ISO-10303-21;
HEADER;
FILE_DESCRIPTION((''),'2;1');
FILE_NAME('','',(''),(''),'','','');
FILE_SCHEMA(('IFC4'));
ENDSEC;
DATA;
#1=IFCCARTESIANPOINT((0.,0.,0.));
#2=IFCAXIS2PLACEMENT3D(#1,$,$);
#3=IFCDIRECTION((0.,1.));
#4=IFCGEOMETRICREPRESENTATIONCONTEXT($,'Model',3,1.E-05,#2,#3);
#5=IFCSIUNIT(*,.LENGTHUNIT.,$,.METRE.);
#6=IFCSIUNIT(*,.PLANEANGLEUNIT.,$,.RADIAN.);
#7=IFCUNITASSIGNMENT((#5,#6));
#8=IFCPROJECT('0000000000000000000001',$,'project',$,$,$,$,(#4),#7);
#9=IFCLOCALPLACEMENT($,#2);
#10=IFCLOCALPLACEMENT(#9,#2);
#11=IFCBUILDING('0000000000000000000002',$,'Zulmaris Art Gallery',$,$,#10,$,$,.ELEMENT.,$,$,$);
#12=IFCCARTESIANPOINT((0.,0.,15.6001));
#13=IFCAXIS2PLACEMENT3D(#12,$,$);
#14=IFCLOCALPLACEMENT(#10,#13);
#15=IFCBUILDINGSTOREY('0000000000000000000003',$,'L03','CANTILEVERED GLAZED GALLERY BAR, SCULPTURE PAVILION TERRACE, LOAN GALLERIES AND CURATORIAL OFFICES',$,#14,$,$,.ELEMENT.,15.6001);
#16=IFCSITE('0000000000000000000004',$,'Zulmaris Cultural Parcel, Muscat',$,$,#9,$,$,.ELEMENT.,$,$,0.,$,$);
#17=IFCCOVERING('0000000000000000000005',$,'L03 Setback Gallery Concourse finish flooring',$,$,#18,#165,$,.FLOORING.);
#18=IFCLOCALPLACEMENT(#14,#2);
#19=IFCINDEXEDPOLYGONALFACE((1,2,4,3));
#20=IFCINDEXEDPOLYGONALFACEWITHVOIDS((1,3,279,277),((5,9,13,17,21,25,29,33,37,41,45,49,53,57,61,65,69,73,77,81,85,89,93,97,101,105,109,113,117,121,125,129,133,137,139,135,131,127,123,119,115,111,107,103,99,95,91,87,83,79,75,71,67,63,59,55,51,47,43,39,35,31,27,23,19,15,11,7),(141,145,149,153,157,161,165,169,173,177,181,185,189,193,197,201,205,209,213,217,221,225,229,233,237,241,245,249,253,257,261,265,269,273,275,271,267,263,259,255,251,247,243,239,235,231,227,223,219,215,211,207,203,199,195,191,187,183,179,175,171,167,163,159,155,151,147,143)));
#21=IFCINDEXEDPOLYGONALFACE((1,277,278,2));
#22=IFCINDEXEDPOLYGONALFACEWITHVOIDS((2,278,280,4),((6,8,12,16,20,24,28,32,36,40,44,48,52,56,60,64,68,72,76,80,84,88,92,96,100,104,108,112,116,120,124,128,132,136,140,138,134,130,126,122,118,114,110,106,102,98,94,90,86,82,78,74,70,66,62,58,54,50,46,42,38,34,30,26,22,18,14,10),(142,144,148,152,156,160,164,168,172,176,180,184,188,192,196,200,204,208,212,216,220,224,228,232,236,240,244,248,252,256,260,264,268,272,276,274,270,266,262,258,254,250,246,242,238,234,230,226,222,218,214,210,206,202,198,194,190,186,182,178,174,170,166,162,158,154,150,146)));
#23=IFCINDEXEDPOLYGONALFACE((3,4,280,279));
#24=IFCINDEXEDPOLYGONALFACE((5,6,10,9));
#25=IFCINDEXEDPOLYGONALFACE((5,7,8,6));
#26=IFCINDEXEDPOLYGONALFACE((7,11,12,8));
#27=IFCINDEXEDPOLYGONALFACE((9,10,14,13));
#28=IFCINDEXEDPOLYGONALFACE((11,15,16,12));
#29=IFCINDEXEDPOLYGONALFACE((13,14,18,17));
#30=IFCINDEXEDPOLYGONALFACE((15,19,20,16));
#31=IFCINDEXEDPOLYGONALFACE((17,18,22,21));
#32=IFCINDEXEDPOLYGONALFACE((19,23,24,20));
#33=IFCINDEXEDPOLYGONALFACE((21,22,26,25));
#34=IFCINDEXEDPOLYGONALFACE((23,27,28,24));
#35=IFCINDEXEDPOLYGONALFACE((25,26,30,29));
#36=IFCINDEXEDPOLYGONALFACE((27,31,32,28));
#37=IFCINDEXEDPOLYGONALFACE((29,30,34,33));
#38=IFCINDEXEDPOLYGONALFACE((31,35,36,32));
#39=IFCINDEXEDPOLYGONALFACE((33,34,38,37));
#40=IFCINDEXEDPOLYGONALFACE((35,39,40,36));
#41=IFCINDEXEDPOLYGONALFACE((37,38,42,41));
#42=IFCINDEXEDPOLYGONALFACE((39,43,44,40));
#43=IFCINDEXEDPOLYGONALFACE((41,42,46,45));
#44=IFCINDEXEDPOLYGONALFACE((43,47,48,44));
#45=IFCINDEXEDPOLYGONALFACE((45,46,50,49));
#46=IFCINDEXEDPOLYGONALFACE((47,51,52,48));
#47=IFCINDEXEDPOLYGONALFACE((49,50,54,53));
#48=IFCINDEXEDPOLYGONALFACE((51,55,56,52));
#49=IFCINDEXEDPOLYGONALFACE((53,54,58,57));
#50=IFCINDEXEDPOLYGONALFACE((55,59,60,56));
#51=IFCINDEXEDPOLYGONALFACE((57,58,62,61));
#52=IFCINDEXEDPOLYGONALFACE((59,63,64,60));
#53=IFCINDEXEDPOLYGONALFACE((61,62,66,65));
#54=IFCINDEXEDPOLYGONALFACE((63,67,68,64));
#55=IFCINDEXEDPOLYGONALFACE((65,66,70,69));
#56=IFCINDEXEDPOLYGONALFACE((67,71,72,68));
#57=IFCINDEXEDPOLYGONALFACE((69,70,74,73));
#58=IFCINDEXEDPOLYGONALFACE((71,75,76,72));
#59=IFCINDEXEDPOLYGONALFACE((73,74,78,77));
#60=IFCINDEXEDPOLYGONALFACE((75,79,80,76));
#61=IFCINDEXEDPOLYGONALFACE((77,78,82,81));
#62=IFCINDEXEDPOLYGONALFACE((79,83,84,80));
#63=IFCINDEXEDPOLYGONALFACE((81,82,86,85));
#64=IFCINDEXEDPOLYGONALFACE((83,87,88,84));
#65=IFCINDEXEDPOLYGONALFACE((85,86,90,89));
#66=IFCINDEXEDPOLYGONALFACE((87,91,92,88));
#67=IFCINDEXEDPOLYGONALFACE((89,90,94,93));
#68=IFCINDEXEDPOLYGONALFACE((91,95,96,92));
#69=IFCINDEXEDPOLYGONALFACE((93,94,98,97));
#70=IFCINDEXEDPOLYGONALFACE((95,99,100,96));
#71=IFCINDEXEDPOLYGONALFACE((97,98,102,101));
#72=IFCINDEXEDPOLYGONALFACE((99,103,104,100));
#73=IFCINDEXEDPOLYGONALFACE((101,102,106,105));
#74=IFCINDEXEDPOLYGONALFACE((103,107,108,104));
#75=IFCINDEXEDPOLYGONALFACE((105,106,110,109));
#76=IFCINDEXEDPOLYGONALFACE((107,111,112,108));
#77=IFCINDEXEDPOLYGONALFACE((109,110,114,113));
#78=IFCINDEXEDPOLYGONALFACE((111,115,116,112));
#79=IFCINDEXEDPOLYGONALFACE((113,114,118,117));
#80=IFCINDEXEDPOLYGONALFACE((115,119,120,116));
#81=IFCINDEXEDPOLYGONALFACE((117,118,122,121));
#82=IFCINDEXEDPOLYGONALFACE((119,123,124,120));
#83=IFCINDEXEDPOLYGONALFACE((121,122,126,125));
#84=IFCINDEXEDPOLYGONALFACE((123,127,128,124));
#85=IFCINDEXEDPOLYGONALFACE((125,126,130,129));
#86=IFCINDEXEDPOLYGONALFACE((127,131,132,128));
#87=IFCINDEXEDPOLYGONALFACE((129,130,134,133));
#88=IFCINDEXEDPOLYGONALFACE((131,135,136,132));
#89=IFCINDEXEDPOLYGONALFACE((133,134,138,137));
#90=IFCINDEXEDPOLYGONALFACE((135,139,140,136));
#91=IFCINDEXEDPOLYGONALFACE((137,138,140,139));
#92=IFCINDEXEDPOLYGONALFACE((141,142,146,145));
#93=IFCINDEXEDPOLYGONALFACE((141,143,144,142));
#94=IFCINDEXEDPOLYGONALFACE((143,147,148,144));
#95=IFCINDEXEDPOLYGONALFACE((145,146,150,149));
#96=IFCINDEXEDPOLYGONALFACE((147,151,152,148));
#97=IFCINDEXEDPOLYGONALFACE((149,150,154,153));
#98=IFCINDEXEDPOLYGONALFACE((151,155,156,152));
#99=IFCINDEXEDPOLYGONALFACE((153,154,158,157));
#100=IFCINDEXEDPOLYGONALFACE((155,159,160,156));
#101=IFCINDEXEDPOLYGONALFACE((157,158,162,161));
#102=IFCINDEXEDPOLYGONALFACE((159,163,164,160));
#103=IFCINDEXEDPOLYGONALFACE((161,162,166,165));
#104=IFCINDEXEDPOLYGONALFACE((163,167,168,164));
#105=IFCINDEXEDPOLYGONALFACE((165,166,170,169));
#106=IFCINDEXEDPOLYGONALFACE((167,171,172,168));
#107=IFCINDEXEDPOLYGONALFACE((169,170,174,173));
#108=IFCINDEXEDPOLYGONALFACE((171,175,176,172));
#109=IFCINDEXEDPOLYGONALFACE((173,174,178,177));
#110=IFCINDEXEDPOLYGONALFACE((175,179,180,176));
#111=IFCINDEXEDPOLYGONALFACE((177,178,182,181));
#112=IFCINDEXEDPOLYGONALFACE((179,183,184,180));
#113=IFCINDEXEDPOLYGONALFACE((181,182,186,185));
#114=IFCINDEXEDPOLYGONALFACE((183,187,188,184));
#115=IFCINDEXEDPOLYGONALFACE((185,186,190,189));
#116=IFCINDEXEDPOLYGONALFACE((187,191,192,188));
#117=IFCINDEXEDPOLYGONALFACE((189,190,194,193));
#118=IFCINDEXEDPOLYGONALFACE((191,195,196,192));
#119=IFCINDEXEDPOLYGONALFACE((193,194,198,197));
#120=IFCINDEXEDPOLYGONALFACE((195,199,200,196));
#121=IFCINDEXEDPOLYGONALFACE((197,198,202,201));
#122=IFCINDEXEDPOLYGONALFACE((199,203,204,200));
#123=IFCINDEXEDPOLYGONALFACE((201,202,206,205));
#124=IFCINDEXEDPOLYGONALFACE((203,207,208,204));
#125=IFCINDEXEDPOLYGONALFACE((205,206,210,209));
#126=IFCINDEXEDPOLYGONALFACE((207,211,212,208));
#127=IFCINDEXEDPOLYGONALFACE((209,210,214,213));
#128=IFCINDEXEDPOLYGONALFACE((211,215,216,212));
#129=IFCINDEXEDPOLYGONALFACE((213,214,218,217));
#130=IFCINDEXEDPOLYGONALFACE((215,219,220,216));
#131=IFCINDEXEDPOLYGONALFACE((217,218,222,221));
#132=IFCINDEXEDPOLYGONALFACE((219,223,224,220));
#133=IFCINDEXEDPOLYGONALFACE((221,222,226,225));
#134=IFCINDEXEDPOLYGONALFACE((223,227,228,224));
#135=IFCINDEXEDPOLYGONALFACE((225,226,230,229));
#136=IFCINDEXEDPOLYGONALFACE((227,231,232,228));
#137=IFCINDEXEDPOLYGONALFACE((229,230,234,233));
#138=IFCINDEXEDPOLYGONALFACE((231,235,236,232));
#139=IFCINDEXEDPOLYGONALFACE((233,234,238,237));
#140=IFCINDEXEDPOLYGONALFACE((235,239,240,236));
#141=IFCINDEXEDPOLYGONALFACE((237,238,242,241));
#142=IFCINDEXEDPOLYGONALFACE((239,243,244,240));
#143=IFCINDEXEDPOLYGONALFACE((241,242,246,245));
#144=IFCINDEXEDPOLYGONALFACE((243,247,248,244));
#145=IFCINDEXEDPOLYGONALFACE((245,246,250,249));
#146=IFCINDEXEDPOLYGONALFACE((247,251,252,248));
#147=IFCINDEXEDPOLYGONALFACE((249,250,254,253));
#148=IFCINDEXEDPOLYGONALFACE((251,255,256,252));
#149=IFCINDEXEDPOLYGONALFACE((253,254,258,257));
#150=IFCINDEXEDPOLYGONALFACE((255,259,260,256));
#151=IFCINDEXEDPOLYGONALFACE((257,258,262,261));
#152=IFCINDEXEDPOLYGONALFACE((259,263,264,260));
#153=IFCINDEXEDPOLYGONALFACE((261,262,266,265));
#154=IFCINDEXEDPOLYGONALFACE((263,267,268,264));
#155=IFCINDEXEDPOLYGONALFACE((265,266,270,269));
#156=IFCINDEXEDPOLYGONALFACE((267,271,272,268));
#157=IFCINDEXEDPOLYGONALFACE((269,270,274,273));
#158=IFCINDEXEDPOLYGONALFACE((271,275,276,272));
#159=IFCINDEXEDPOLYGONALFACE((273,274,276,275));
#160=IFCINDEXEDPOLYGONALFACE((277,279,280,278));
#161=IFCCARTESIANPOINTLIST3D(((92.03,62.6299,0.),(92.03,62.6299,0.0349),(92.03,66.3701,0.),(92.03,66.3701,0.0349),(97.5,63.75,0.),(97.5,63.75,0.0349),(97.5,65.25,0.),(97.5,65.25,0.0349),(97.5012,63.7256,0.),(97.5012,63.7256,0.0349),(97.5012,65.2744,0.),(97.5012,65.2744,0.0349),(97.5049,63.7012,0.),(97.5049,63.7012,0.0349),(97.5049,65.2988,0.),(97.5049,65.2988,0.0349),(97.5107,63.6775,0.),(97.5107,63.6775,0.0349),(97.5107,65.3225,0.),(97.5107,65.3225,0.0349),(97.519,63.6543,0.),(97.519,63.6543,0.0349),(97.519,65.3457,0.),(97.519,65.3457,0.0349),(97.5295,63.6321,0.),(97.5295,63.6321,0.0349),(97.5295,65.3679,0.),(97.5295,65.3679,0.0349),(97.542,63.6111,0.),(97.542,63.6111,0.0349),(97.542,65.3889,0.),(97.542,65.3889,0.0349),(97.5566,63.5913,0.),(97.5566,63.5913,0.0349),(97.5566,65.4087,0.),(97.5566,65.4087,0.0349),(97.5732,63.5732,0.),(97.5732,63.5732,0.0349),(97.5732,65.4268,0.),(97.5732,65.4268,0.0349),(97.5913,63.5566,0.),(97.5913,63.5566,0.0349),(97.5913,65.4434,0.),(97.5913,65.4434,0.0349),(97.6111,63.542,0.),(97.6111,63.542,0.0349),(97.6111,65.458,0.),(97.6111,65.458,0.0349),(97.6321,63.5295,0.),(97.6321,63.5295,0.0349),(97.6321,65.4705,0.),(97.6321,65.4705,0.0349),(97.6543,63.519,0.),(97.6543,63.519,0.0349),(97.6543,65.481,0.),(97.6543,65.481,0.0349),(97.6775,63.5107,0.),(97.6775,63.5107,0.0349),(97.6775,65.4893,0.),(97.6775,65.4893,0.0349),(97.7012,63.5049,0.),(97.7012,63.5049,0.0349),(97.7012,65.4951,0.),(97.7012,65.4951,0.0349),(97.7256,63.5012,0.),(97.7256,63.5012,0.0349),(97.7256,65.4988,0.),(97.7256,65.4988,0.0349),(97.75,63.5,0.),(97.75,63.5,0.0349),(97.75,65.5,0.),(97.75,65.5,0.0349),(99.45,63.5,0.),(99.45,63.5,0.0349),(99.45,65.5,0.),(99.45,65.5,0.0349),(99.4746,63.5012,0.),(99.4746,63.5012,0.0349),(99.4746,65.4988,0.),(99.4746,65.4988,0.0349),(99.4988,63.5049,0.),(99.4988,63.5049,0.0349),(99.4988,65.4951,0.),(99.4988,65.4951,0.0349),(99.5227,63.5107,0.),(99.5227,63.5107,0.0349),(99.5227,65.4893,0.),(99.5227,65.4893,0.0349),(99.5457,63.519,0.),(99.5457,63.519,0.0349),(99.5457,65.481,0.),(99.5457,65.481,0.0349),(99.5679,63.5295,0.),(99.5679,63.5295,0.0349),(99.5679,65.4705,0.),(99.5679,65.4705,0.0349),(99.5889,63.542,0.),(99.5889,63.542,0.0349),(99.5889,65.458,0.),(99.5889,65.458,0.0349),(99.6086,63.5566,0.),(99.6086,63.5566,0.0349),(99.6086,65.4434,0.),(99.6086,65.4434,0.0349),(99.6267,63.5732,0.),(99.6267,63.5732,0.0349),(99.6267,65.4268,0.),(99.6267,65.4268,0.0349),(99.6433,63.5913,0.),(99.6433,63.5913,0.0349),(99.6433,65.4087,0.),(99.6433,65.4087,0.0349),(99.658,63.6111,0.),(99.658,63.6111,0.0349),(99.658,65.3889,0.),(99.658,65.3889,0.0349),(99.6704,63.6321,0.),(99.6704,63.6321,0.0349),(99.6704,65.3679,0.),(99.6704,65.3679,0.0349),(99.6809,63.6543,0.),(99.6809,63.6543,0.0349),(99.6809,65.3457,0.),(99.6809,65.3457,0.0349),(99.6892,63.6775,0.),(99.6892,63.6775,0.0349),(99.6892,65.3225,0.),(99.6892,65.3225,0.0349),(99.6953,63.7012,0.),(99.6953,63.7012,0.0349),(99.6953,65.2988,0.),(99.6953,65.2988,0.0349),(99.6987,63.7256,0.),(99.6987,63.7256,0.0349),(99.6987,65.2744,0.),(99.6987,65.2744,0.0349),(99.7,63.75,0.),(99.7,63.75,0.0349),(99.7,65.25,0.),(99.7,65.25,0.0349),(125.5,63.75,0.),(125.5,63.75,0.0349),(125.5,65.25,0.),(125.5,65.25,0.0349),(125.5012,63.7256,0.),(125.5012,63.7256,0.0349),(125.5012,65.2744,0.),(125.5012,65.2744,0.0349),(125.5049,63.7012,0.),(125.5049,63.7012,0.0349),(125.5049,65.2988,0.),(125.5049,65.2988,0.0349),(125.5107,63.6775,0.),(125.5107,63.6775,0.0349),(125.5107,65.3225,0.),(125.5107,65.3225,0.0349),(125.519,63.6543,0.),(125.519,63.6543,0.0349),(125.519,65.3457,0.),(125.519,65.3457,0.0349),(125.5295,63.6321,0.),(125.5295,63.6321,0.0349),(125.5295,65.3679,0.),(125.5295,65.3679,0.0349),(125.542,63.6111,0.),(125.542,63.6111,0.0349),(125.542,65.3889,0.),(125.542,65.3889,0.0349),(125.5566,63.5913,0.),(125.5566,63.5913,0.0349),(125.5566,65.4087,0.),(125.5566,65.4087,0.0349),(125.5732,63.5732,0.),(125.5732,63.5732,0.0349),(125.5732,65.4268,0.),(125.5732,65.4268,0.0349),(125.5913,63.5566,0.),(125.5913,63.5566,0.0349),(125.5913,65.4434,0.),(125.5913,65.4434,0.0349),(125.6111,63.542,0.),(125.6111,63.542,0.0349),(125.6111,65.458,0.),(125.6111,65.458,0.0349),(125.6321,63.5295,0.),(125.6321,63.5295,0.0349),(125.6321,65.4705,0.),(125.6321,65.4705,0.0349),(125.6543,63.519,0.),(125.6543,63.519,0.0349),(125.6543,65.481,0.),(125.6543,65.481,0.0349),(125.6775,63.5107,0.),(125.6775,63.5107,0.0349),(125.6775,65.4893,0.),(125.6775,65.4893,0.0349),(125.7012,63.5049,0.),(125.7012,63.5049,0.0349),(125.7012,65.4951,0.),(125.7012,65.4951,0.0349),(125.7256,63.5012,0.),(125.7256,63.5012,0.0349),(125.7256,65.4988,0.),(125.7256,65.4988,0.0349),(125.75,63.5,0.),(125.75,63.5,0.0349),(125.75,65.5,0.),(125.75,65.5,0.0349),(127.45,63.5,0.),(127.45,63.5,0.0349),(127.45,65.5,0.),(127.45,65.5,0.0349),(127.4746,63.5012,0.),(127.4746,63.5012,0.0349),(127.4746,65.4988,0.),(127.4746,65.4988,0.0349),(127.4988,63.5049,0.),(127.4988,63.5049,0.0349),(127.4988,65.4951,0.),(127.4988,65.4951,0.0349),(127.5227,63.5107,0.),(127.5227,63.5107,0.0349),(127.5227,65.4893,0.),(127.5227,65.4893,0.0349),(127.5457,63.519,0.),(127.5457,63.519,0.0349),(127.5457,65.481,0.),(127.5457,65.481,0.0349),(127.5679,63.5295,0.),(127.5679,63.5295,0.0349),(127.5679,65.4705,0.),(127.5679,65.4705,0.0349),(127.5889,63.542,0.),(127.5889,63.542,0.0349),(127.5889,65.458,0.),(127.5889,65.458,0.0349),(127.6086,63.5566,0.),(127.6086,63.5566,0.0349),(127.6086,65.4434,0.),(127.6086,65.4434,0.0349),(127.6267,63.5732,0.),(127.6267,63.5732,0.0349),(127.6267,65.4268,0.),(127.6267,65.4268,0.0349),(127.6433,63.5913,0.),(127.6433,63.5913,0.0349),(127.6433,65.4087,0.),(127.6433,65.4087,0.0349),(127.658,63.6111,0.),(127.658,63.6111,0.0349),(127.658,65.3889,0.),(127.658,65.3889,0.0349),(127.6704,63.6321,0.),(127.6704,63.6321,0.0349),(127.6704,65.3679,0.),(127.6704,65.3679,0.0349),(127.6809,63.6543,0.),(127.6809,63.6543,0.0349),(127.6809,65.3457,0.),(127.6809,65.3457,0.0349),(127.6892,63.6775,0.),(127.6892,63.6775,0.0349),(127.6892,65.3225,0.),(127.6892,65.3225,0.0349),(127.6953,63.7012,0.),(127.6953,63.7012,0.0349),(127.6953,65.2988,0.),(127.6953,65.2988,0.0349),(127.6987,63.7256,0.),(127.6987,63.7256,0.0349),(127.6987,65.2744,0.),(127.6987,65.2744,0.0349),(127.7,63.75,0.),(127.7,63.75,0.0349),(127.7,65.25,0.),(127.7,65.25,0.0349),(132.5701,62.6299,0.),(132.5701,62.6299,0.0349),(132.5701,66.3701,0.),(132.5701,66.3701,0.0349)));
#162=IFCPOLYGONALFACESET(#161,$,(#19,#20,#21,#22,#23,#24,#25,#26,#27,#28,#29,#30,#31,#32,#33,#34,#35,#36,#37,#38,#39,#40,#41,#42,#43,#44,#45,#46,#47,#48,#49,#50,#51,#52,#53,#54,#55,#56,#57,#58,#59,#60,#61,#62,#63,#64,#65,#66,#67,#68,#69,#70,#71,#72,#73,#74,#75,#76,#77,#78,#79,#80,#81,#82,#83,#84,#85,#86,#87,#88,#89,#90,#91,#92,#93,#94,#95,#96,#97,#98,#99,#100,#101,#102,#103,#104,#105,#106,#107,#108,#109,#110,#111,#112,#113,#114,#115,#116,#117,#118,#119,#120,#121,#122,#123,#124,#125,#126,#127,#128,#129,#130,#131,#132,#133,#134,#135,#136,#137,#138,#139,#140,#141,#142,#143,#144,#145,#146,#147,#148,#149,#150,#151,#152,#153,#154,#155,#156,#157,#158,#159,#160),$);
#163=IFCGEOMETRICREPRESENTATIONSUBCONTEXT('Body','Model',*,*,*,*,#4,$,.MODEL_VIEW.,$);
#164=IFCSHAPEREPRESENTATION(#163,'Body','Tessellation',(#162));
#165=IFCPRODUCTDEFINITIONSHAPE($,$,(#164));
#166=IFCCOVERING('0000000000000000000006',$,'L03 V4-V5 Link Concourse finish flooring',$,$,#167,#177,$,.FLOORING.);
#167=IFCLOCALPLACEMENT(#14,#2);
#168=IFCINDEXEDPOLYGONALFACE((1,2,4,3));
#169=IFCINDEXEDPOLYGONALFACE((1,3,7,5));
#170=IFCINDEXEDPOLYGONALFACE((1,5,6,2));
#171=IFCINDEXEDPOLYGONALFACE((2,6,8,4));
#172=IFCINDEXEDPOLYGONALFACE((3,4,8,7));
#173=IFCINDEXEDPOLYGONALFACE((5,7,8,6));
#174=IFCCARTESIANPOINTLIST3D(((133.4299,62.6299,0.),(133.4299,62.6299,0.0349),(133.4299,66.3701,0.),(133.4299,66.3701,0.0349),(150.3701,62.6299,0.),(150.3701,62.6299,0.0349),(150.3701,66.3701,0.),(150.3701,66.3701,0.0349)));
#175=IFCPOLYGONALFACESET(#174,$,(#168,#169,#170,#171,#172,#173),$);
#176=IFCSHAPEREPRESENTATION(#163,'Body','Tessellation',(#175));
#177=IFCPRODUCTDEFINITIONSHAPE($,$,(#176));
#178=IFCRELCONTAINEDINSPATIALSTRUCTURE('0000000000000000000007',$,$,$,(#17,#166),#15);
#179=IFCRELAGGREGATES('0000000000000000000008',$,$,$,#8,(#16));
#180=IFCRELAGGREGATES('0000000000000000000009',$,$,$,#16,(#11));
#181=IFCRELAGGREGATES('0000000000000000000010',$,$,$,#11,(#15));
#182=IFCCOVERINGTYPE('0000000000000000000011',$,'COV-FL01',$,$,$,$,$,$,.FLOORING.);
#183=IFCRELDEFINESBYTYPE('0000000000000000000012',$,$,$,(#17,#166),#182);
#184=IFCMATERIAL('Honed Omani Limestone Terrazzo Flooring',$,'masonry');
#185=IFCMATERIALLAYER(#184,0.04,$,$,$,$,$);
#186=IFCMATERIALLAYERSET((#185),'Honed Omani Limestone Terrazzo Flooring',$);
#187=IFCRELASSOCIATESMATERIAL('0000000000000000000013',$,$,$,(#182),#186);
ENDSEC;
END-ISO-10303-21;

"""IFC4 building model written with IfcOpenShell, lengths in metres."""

from ifc_helpers import new_model, si_unit, direction, frame, origin, place, context, subcontext, project, spatial, polyline, outline, extrude, material, layer, layer_set, type_object, element, save


model = new_model("IFC4")

# Units and contexts
model_context = context("Model", 3, precision=1e-05, world=origin(), true_north=direction((0.0, 1.0)))
body_context = subcontext(model_context, "Body", "Model", "MODEL_VIEW")
ifc_project = project(units=[si_unit("LENGTHUNIT", "METRE"), si_unit("PLANEANGLEUNIT", "RADIAN")], contexts=[model_context])

# Site, building, storey
site_placement = place(None, origin())
site = spatial("IfcSite", under=ifc_project, at=site_placement, Name="Zulmaris Cultural Parcel, Muscat", CompositionType="ELEMENT", RefElevation=0.0)
building_placement = place(site_placement, origin())
building = spatial("IfcBuilding", under=site, at=building_placement, Name="Zulmaris Art Gallery", CompositionType="ELEMENT")
storey_placement = place(building_placement, frame((0.0, 0.0, 15.6001)))
storey = spatial("IfcBuildingStorey", under=building, at=storey_placement, Name="L03", Description="CANTILEVERED GLAZED GALLERY BAR, SCULPTURE PAVILION TERRACE, LOAN GALLERIES AND CURATORIAL OFFICES", CompositionType="ELEMENT", Elevation=15.6001)

# Coverings
ifc_material_1 = material(Name="Honed Omani Limestone Terrazzo Flooring", Category="masonry")
ifc_layer_1 = layer(ifc_material_1, 0.04)
ifc_layer_set_1 = layer_set([ifc_layer_1], Name="Honed Omani Limestone Terrazzo Flooring")
covering_type_1 = type_object("IfcCoveringType", Name="COV-FL01", PredefinedType="FLOORING", material=ifc_layer_set_1)
covering_1_placement = place(storey_placement, origin())
element("IfcCovering", 1, at=covering_1_placement, inside=storey, type_object=covering_type_1, Name="L03 Setback Gallery Concourse finish flooring", PredefinedType="FLOORING", context=body_context, shape_type="SweptSolid", body=[
    extrude(outline(polyline([(132.5701, 62.6299), (92.03, 62.6299), (92.03, 66.3701), (132.5701, 66.3701), (132.5701, 62.6299)]), holes=[polyline([(125.7256, 65.4988), (125.7012, 65.4951), (125.6775, 65.4893), (125.6543, 65.481), (125.6321, 65.4705), (125.6111, 65.458), (125.5913, 65.4434), (125.5732, 65.4268), (125.5566, 65.4087), (125.542, 65.3889), (125.5295, 65.3679), (125.519, 65.3457), (125.5107, 65.3225), (125.5049, 65.2988), (125.5012, 65.2744), (125.5, 65.25), (125.5, 63.75), (125.5012, 63.7256), (125.5049, 63.7012), (125.5107, 63.6775), (125.519, 63.6543), (125.5295, 63.6321), (125.542, 63.6111), (125.5566, 63.5913), (125.5732, 63.5732), (125.5913, 63.5566), (125.6111, 63.542), (125.6321, 63.5295), (125.6543, 63.519), (125.6775, 63.5107), (125.7012, 63.5049), (125.7256, 63.5012), (125.75, 63.5), (127.45, 63.5), (127.4746, 63.5012), (127.4988, 63.5049), (127.5227, 63.5107), (127.5457, 63.519), (127.5679, 63.5295), (127.5889, 63.542), (127.6086, 63.5566), (127.6267, 63.5732), (127.6433, 63.5913), (127.658, 63.6111), (127.6704, 63.6321), (127.6809, 63.6543), (127.6892, 63.6775), (127.6953, 63.7012), (127.6987, 63.7256), (127.7, 63.75), (127.7, 65.25), (127.6987, 65.2744), (127.6953, 65.2988), (127.6892, 65.3225), (127.6809, 65.3457), (127.6704, 65.3679), (127.658, 65.3889), (127.6433, 65.4087), (127.6267, 65.4268), (127.6086, 65.4434), (127.5889, 65.458), (127.5679, 65.4705), (127.5457, 65.481), (127.5227, 65.4893), (127.4988, 65.4951), (127.4746, 65.4988), (127.45, 65.5), (125.75, 65.5), (125.7256, 65.4988)]), polyline([(97.7256, 65.4988), (97.7012, 65.4951), (97.6775, 65.4893), (97.6543, 65.481), (97.6321, 65.4705), (97.6111, 65.458), (97.5913, 65.4434), (97.5732, 65.4268), (97.5566, 65.4087), (97.542, 65.3889), (97.5295, 65.3679), (97.519, 65.3457), (97.5107, 65.3225), (97.5049, 65.2988), (97.5012, 65.2744), (97.5, 65.25), (97.5, 63.75), (97.5012, 63.7256), (97.5049, 63.7012), (97.5107, 63.6775), (97.519, 63.6543), (97.5295, 63.6321), (97.542, 63.6111), (97.5566, 63.5913), (97.5732, 63.5732), (97.5913, 63.5566), (97.6111, 63.542), (97.6321, 63.5295), (97.6543, 63.519), (97.6775, 63.5107), (97.7012, 63.5049), (97.7256, 63.5012), (97.75, 63.5), (99.45, 63.5), (99.4746, 63.5012), (99.4988, 63.5049), (99.5227, 63.5107), (99.5457, 63.519), (99.5679, 63.5295), (99.5889, 63.542), (99.6086, 63.5566), (99.6267, 63.5732), (99.6433, 63.5913), (99.658, 63.6111), (99.6704, 63.6321), (99.6809, 63.6543), (99.6892, 63.6775), (99.6953, 63.7012), (99.6987, 63.7256), (99.7, 63.75), (99.7, 65.25), (99.6987, 65.2744), (99.6953, 65.2988), (99.6892, 65.3225), (99.6809, 65.3457), (99.6704, 65.3679), (99.658, 65.3889), (99.6433, 65.4087), (99.6267, 65.4268), (99.6086, 65.4434), (99.5889, 65.458), (99.5679, 65.4705), (99.5457, 65.481), (99.5227, 65.4893), (99.4988, 65.4951), (99.4746, 65.4988), (99.45, 65.5), (97.75, 65.5), (97.7256, 65.4988)])]), origin(), (0.0, 0.0, 1.0), 0.0349),
])
covering_2_placement = place(storey_placement, origin())
element("IfcCovering", 2, at=covering_2_placement, inside=storey, type_object=covering_type_1, Name="L03 V4-V5 Link Concourse finish flooring", PredefinedType="FLOORING", context=body_context, shape_type="SweptSolid", body=[
    extrude(outline(polyline([(150.3701, 62.6299), (133.4299, 62.6299), (133.4299, 66.3701), (150.3701, 66.3701), (150.3701, 62.6299)])), origin(), (0.0, 0.0, 1.0), 0.0349),
])

save(model, "model.ifc")
